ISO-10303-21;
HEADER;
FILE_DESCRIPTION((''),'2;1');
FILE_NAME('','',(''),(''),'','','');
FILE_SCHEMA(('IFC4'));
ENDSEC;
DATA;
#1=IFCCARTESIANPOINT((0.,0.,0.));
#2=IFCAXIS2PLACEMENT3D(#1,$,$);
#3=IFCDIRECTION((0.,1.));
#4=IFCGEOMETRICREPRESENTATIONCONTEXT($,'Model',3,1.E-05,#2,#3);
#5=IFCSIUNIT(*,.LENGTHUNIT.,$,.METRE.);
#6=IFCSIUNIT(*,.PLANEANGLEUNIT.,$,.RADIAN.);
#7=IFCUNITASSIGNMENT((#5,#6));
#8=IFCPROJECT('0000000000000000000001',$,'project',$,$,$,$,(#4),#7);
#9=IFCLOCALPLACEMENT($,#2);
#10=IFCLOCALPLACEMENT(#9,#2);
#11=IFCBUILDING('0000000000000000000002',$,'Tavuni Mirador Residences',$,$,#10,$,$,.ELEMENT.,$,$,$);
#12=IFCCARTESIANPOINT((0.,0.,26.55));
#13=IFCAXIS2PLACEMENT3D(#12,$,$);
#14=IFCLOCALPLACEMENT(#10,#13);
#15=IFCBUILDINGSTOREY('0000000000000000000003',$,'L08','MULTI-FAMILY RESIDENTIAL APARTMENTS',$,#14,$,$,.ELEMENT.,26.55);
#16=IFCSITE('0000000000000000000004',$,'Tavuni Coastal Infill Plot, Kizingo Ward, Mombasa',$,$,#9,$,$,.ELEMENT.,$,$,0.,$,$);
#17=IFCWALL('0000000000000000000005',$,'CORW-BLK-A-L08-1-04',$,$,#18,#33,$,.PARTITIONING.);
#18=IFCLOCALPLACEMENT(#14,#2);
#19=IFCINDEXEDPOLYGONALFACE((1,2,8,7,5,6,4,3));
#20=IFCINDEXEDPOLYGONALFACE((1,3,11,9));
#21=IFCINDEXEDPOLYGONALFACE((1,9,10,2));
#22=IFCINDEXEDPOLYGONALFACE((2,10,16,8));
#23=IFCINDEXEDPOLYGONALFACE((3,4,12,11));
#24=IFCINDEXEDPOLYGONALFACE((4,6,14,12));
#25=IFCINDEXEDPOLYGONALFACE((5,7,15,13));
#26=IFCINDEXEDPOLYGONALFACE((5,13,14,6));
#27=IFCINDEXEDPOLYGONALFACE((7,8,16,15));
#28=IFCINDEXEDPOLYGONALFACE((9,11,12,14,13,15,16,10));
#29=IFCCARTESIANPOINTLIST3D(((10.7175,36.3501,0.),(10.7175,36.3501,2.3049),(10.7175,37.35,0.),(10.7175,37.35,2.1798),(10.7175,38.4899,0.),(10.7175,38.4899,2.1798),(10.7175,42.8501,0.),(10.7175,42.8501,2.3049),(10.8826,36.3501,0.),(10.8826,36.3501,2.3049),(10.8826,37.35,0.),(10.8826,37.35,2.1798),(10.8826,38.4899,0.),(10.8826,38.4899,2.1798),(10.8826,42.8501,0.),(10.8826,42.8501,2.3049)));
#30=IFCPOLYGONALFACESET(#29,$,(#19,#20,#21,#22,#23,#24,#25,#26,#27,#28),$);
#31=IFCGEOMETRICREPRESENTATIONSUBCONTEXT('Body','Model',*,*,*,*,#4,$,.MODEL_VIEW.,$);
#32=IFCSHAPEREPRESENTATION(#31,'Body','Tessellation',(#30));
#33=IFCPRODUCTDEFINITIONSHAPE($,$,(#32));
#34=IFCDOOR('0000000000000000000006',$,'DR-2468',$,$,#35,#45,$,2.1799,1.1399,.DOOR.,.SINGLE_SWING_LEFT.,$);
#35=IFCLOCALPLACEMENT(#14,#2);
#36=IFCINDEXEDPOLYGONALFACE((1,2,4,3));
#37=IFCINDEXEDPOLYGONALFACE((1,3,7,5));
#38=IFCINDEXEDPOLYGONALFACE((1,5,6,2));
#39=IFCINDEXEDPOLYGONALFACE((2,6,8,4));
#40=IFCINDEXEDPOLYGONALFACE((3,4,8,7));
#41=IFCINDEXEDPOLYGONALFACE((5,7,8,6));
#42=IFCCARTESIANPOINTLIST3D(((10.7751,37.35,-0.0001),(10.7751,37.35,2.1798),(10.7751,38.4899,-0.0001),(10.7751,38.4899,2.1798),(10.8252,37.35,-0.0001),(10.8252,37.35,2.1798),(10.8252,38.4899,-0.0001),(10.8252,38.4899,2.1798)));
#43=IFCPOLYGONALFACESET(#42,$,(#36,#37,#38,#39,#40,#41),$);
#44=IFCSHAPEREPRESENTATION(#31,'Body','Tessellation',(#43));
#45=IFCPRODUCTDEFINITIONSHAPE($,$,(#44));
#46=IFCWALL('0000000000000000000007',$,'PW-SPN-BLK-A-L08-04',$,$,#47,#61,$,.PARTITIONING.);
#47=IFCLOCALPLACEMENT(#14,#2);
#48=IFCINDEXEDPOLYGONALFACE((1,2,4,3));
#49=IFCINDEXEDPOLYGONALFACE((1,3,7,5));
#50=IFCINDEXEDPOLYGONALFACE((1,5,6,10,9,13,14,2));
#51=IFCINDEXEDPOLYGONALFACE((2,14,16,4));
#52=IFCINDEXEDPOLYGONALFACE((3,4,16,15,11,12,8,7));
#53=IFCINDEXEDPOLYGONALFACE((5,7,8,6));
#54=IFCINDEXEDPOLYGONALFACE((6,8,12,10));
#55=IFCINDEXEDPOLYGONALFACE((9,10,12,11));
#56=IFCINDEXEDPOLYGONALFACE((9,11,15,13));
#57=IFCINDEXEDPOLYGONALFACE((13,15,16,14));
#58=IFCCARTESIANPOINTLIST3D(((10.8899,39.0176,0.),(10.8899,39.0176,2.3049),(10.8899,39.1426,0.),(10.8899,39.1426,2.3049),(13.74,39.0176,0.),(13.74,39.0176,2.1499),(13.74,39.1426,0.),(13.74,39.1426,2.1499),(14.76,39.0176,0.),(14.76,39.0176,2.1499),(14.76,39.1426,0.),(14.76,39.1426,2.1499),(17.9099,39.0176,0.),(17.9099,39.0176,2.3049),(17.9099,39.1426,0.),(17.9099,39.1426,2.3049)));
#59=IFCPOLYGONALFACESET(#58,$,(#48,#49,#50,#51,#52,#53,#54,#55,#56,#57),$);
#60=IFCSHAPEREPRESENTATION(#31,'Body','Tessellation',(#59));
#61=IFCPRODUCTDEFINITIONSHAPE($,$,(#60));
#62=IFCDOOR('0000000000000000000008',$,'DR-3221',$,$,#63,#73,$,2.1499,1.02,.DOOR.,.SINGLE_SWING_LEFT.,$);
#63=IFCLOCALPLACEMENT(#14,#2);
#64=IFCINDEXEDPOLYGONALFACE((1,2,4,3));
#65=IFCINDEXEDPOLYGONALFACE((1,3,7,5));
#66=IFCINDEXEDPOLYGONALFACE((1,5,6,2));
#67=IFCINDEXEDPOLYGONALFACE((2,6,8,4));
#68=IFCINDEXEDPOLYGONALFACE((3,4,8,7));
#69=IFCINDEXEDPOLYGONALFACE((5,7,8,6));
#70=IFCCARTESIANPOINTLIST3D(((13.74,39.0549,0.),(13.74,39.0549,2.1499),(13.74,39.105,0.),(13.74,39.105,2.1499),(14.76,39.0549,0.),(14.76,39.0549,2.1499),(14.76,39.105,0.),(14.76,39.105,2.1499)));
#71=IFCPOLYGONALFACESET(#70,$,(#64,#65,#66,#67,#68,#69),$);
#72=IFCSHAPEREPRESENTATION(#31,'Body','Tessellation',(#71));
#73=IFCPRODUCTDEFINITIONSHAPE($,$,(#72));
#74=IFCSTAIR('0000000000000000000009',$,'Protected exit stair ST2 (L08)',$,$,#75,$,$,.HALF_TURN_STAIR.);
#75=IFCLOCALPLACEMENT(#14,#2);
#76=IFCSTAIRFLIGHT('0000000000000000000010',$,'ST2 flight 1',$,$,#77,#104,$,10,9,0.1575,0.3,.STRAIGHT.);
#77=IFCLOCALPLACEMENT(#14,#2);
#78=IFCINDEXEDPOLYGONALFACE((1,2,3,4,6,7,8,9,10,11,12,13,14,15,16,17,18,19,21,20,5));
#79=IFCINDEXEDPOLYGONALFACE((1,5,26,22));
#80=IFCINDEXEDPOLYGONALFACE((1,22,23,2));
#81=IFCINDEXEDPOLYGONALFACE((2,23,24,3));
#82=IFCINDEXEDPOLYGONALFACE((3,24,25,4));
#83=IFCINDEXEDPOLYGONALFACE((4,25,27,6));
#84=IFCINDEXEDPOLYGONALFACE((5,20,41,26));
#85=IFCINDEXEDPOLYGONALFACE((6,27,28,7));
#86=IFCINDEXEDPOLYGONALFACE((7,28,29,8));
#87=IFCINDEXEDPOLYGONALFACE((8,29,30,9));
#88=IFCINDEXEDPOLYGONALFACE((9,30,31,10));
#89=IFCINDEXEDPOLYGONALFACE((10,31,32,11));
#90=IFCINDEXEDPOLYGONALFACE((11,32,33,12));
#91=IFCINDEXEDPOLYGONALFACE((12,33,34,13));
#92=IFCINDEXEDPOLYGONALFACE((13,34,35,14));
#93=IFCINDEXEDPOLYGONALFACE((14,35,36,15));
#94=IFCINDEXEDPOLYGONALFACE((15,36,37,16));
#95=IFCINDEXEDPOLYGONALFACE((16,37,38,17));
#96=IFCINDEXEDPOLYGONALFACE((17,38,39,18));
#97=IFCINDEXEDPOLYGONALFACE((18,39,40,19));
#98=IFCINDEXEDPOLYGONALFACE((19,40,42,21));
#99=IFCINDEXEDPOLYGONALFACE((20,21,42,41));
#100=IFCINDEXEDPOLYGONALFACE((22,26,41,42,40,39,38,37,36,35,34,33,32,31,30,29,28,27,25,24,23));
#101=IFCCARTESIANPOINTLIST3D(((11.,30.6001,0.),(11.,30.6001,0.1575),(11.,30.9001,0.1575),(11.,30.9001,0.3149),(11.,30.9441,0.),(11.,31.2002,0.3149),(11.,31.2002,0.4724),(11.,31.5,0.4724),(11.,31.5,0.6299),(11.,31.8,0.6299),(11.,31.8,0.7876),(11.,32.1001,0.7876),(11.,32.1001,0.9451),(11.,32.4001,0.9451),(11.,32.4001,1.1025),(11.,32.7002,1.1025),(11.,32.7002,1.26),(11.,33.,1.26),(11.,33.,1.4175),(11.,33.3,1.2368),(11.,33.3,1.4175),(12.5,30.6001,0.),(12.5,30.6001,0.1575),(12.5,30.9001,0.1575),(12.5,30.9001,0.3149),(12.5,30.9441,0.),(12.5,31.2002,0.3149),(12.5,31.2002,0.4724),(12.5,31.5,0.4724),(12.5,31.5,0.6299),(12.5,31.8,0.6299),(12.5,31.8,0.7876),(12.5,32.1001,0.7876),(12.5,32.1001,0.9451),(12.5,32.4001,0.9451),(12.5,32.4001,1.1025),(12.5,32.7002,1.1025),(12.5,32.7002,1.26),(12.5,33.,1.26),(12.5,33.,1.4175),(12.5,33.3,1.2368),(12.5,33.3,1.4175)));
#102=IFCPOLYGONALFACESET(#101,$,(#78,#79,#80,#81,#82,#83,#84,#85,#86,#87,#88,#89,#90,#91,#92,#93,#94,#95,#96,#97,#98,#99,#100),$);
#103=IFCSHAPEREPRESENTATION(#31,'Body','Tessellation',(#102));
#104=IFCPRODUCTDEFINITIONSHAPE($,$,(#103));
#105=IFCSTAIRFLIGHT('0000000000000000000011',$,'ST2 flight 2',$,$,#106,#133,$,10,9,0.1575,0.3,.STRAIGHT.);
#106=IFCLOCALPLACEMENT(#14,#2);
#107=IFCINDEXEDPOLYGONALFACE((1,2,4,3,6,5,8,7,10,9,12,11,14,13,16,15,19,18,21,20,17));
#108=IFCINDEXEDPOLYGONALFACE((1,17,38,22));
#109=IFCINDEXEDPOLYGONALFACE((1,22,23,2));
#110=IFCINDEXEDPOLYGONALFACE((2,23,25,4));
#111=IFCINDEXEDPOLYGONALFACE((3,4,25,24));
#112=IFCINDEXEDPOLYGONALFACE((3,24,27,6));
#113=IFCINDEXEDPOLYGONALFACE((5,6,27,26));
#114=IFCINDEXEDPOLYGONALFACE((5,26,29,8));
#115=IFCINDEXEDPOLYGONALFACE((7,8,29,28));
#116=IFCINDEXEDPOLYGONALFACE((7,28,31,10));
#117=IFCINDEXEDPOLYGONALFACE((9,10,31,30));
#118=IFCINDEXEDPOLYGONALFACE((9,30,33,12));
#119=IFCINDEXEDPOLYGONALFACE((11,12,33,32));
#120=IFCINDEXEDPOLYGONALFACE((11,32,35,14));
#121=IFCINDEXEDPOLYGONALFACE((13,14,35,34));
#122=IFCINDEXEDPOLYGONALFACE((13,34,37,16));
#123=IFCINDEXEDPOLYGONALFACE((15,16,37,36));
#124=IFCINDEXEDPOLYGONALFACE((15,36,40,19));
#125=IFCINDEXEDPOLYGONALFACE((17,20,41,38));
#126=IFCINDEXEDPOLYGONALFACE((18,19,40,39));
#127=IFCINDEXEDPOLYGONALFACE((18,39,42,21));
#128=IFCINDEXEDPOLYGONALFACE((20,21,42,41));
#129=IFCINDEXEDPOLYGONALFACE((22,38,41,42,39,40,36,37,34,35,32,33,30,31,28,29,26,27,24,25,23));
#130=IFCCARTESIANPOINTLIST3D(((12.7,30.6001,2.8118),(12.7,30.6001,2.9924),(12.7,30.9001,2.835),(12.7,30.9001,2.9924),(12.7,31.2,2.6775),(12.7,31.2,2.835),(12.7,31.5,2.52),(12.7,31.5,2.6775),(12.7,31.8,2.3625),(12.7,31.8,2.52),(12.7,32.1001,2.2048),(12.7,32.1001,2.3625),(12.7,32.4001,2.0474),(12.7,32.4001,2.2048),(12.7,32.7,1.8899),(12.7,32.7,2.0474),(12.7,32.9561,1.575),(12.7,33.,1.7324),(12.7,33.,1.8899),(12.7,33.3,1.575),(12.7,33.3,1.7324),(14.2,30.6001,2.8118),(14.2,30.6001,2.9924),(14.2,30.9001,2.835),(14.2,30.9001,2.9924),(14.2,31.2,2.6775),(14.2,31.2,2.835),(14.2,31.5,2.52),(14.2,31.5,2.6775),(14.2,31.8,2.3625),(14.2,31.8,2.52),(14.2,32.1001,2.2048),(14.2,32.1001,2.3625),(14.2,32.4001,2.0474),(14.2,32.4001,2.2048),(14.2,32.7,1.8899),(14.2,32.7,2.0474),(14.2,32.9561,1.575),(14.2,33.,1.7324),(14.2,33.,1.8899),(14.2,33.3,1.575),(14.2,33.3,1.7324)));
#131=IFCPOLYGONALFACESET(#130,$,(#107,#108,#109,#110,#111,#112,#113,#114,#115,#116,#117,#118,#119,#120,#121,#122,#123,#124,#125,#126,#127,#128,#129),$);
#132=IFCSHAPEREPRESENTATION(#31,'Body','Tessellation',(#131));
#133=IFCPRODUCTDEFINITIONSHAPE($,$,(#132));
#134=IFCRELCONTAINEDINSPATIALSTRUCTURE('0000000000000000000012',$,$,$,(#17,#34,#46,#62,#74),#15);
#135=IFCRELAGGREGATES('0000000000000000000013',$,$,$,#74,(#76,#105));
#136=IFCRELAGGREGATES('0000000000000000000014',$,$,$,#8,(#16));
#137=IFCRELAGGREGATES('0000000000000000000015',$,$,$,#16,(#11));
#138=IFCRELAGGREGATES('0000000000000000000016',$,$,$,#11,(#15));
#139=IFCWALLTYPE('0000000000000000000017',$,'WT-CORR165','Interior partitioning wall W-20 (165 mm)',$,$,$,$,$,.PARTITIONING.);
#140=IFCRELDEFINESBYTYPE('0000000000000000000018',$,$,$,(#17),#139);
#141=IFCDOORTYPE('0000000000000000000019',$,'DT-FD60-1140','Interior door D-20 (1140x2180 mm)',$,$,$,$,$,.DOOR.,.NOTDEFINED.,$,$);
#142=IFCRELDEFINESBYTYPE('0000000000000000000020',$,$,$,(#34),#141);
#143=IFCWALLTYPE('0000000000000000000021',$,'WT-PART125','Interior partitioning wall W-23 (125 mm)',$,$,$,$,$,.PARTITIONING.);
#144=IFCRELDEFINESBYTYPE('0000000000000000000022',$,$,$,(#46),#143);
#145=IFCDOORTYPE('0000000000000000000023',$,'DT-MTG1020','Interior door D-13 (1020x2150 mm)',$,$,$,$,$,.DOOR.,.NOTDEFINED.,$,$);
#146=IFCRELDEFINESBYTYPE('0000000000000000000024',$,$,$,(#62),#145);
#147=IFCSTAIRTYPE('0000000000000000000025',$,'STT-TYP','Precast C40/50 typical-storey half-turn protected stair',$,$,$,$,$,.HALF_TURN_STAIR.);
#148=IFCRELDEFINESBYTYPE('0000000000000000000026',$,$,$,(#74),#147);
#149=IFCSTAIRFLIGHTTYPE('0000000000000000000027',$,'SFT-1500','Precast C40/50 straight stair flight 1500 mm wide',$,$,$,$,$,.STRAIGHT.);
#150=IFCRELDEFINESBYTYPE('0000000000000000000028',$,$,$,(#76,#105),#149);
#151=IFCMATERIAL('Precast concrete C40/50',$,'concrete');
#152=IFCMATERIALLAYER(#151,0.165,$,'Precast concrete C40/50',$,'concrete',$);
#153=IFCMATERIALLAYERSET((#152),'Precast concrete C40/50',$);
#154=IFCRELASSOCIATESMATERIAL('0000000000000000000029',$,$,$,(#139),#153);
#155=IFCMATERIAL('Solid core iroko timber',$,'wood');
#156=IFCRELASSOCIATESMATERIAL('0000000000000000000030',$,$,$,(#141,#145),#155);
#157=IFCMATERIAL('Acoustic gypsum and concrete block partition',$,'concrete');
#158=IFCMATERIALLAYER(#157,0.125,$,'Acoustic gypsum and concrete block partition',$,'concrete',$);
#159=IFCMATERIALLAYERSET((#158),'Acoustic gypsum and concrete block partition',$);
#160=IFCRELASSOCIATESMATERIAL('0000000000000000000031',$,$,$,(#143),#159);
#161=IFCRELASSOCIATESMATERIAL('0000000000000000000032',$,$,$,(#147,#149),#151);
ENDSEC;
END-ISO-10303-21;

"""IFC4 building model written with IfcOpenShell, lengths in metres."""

from ifc_helpers import new_model, si_unit, direction, frame, frame_2d, origin, place, context, subcontext, project, spatial, polyline, rectangle, outline, extrude, material, layer, layer_set, type_object, element, fill, aggregate, save


model = new_model("IFC4")

# Units and contexts
model_context = context("Model", 3, precision=1e-05, world=origin(), true_north=direction((0.0, 1.0)))
body_context = subcontext(model_context, "Body", "Model", "MODEL_VIEW")
ifc_project = project(units=[si_unit("LENGTHUNIT", "METRE"), si_unit("PLANEANGLEUNIT", "RADIAN")], contexts=[model_context])

# Site, building, storey
site_placement = place(None, origin())
site = spatial("IfcSite", under=ifc_project, at=site_placement, Name="Tavuni Coastal Infill Plot, Kizingo Ward, Mombasa", CompositionType="ELEMENT", RefElevation=0.0)
building_placement = place(site_placement, origin())
building = spatial("IfcBuilding", under=site, at=building_placement, Name="Tavuni Mirador Residences", CompositionType="ELEMENT")
storey_placement = place(building_placement, frame((0.0, 0.0, 26.55)))
storey = spatial("IfcBuildingStorey", under=building, at=storey_placement, Name="L08", Description="MULTI-FAMILY RESIDENTIAL APARTMENTS", CompositionType="ELEMENT", Elevation=26.55)

# Shared definitions
ifc_material_1 = material(Name="Precast concrete C40/50", Category="concrete")

# Walls, openings, doors
ifc_layer_1 = layer(ifc_material_1, 0.165, Name="Precast concrete C40/50", Category="concrete")
ifc_layer_set_1 = layer_set([ifc_layer_1], Name="Precast concrete C40/50")
wall_type_1 = type_object("IfcWallType", Name="WT-CORR165", Description="Interior partitioning wall W-20 (165 mm)", PredefinedType="PARTITIONING", material=ifc_layer_set_1)
wall_1_placement = place(storey_placement, frame((10.8, 36.3501, 0.0), z_axis=(0.0, 0.0, 1.0), x_axis=(0.0, 1.0, 0.0)))
wall_1 = element("IfcWall", 1, at=wall_1_placement, inside=storey, type_object=wall_type_1, Name="CORW-BLK-A-L08-1-04", PredefinedType="PARTITIONING", context=body_context, shape_type="SweptSolid", body=[
    extrude(rectangle(XDim=6.5, YDim=0.165, at=frame_2d((3.25, 0.0))), origin(), (0.0, 0.0, 1.0), 2.3049),
])
opening_1_placement = place(wall_1_placement, frame((1.0, 0.0, 0.0)))
opening_1 = element("IfcOpeningElement", 2, at=opening_1_placement, cuts=wall_1, PredefinedType="OPENING", context=body_context, shape_type="SweptSolid", body=[
    extrude(rectangle(XDim=1.1399, YDim=2.1799, at=frame_2d((0.5698, 1.0898))), frame((0.0, 0.0925, 0.0), z_axis=(0.0, -1.0, 0.0), x_axis=(1.0, 0.0, 0.0)), (0.0, 0.0, 1.0), 0.1851),
])
ifc_material_2 = material(Name="Solid core iroko timber", Category="wood")
door_type_1 = type_object("IfcDoorType", Name="DT-FD60-1140", Description="Interior door D-20 (1140x2180 mm)", OperationType="NOTDEFINED", PredefinedType="DOOR", material=ifc_material_2)
door_1_placement = place(opening_1_placement, origin())
door_1 = element("IfcDoor", 3, at=door_1_placement, inside=storey, type_object=door_type_1, Name="DR-2468", OperationType="SINGLE_SWING_LEFT", OverallHeight=2.1799, OverallWidth=1.1399, PredefinedType="DOOR", context=body_context, shape_type="SweptSolid", body=[
    extrude(rectangle(XDim=1.1399, YDim=2.1799, at=frame_2d((0.5698, 1.0898))), frame((0.0, 0.0249, 0.0), z_axis=(0.0, -1.0, 0.0), x_axis=(1.0, 0.0, 0.0)), (0.0, 0.0, 1.0), 0.05),
])
fill(opening_1, door_1)
ifc_material_3 = material(Name="Acoustic gypsum and concrete block partition", Category="concrete")
ifc_layer_2 = layer(ifc_material_3, 0.125, Name="Acoustic gypsum and concrete block partition", Category="concrete")
ifc_layer_set_2 = layer_set([ifc_layer_2], Name="Acoustic gypsum and concrete block partition")
wall_type_2 = type_object("IfcWallType", Name="WT-PART125", Description="Interior partitioning wall W-23 (125 mm)", PredefinedType="PARTITIONING", material=ifc_layer_set_2)
wall_2_placement = place(storey_placement, frame((10.8899, 39.0801, 0.0), z_axis=(0.0, 0.0, 1.0), x_axis=(1.0, 0.0, 0.0)))
wall_2 = element("IfcWall", 4, at=wall_2_placement, inside=storey, type_object=wall_type_2, Name="PW-SPN-BLK-A-L08-04", PredefinedType="PARTITIONING", context=body_context, shape_type="SweptSolid", body=[
    extrude(rectangle(XDim=7.02, YDim=0.125, at=frame_2d((3.51, 0.0))), origin(), (0.0, 0.0, 1.0), 2.3049),
])
opening_2_placement = place(wall_2_placement, frame((2.8501, 0.0, 0.0)))
opening_2 = element("IfcOpeningElement", 5, at=opening_2_placement, cuts=wall_2, PredefinedType="OPENING", context=body_context, shape_type="SweptSolid", body=[
    extrude(rectangle(XDim=1.02, YDim=2.1499, at=frame_2d((0.51, 1.075))), frame((0.0, 0.0725, 0.0), z_axis=(0.0, -1.0, 0.0), x_axis=(1.0, 0.0, 0.0)), (0.0, 0.0, 1.0), 0.145),
])
door_type_2 = type_object("IfcDoorType", Name="DT-MTG1020", Description="Interior door D-13 (1020x2150 mm)", OperationType="NOTDEFINED", PredefinedType="DOOR", material=ifc_material_2)
door_2_placement = place(opening_2_placement, origin())
door_2 = element("IfcDoor", 6, at=door_2_placement, inside=storey, type_object=door_type_2, Name="DR-3221", OperationType="SINGLE_SWING_LEFT", OverallHeight=2.1499, OverallWidth=1.02, PredefinedType="DOOR", context=body_context, shape_type="SweptSolid", body=[
    extrude(rectangle(XDim=1.02, YDim=2.1499, at=frame_2d((0.51, 1.075))), frame((0.0, 0.0249, 0.0), z_axis=(0.0, -1.0, 0.0), x_axis=(1.0, 0.0, 0.0)), (0.0, 0.0, 1.0), 0.05),
])
fill(opening_2, door_2)

# Stair, stair flights
stair_type = type_object("IfcStairType", Name="STT-TYP", Description="Precast C40/50 typical-storey half-turn protected stair", PredefinedType="HALF_TURN_STAIR", material=ifc_material_1)
stair_placement = place(storey_placement, origin())
stair = element("IfcStair", 7, at=stair_placement, inside=storey, type_object=stair_type, Name="Protected exit stair ST2 (L08)", PredefinedType="HALF_TURN_STAIR")
stair_flight_type = type_object("IfcStairFlightType", Name="SFT-1500", Description="Precast C40/50 straight stair flight 1500 mm wide", PredefinedType="STRAIGHT", material=ifc_material_1)
stair_flight_1_placement = place(storey_placement, frame((11.75, 30.6001, 0.0), z_axis=(0.0, 0.0, 1.0), x_axis=(0.0, 1.0, 0.0)))
stair_flight_1 = element("IfcStairFlight", 8, at=stair_flight_1_placement, type_object=stair_flight_type, Name="ST2 flight 1", NumberOfRisers=10, NumberOfTreads=9, PredefinedType="STRAIGHT", RiserHeight=0.1575, TreadLength=0.3, context=body_context, shape_type="SweptSolid", body=[
    extrude(outline(polyline([(0.0, 0.0), (0.0, 0.1575), (0.3, 0.1575), (0.3, 0.3149), (0.6001, 0.3149), (0.6001, 0.4724), (0.8999, 0.4724), (0.8999, 0.6299), (1.2, 0.6299), (1.2, 0.7876), (1.5, 0.7876), (1.5, 0.9451), (1.8, 0.9451), (1.8, 1.1025), (2.1001, 1.1025), (2.1001, 1.26), (2.3999, 1.26), (2.3999, 1.4175), (2.7, 1.4175), (2.7, 1.575), (2.7, 1.2368), (0.344, 0.0), (0.0, 0.0)])), frame((0.0, 0.75, 0.0), z_axis=(0.0, -1.0, 0.0), x_axis=(1.0, 0.0, 0.0)), (0.0, 0.0, 1.0), 1.5),
])
stair_flight_2_placement = place(storey_placement, frame((13.45, 33.3, 1.575), z_axis=(0.0, 0.0, 1.0), x_axis=(0.0, -1.0, 0.0)))
stair_flight_2 = element("IfcStairFlight", 9, at=stair_flight_2_placement, type_object=stair_flight_type, Name="ST2 flight 2", NumberOfRisers=10, NumberOfTreads=9, PredefinedType="STRAIGHT", RiserHeight=0.1575, TreadLength=0.3, context=body_context, shape_type="SweptSolid", body=[
    extrude(outline(polyline([(0.0, 0.0), (0.0, 0.1575), (0.3, 0.1575), (0.3, 0.3149), (0.6001, 0.3149), (0.6001, 0.4724), (0.8999, 0.4724), (0.8999, 0.6299), (1.2, 0.6299), (1.2, 0.7876), (1.5, 0.7876), (1.5, 0.9451), (1.8, 0.9451), (1.8, 1.1025), (2.1001, 1.1025), (2.1001, 1.26), (2.3999, 1.26), (2.3999, 1.4175), (2.7, 1.4175), (2.7, 1.575), (2.7, 1.2368), (0.344, 0.0), (0.0, 0.0)])), frame((0.0, 0.75, 0.0), z_axis=(0.0, -1.0, 0.0), x_axis=(1.0, 0.0, 0.0)), (0.0, 0.0, 1.0), 1.5),
])
aggregate(stair, [stair_flight_1, stair_flight_2])

save(model, "model.ifc")
